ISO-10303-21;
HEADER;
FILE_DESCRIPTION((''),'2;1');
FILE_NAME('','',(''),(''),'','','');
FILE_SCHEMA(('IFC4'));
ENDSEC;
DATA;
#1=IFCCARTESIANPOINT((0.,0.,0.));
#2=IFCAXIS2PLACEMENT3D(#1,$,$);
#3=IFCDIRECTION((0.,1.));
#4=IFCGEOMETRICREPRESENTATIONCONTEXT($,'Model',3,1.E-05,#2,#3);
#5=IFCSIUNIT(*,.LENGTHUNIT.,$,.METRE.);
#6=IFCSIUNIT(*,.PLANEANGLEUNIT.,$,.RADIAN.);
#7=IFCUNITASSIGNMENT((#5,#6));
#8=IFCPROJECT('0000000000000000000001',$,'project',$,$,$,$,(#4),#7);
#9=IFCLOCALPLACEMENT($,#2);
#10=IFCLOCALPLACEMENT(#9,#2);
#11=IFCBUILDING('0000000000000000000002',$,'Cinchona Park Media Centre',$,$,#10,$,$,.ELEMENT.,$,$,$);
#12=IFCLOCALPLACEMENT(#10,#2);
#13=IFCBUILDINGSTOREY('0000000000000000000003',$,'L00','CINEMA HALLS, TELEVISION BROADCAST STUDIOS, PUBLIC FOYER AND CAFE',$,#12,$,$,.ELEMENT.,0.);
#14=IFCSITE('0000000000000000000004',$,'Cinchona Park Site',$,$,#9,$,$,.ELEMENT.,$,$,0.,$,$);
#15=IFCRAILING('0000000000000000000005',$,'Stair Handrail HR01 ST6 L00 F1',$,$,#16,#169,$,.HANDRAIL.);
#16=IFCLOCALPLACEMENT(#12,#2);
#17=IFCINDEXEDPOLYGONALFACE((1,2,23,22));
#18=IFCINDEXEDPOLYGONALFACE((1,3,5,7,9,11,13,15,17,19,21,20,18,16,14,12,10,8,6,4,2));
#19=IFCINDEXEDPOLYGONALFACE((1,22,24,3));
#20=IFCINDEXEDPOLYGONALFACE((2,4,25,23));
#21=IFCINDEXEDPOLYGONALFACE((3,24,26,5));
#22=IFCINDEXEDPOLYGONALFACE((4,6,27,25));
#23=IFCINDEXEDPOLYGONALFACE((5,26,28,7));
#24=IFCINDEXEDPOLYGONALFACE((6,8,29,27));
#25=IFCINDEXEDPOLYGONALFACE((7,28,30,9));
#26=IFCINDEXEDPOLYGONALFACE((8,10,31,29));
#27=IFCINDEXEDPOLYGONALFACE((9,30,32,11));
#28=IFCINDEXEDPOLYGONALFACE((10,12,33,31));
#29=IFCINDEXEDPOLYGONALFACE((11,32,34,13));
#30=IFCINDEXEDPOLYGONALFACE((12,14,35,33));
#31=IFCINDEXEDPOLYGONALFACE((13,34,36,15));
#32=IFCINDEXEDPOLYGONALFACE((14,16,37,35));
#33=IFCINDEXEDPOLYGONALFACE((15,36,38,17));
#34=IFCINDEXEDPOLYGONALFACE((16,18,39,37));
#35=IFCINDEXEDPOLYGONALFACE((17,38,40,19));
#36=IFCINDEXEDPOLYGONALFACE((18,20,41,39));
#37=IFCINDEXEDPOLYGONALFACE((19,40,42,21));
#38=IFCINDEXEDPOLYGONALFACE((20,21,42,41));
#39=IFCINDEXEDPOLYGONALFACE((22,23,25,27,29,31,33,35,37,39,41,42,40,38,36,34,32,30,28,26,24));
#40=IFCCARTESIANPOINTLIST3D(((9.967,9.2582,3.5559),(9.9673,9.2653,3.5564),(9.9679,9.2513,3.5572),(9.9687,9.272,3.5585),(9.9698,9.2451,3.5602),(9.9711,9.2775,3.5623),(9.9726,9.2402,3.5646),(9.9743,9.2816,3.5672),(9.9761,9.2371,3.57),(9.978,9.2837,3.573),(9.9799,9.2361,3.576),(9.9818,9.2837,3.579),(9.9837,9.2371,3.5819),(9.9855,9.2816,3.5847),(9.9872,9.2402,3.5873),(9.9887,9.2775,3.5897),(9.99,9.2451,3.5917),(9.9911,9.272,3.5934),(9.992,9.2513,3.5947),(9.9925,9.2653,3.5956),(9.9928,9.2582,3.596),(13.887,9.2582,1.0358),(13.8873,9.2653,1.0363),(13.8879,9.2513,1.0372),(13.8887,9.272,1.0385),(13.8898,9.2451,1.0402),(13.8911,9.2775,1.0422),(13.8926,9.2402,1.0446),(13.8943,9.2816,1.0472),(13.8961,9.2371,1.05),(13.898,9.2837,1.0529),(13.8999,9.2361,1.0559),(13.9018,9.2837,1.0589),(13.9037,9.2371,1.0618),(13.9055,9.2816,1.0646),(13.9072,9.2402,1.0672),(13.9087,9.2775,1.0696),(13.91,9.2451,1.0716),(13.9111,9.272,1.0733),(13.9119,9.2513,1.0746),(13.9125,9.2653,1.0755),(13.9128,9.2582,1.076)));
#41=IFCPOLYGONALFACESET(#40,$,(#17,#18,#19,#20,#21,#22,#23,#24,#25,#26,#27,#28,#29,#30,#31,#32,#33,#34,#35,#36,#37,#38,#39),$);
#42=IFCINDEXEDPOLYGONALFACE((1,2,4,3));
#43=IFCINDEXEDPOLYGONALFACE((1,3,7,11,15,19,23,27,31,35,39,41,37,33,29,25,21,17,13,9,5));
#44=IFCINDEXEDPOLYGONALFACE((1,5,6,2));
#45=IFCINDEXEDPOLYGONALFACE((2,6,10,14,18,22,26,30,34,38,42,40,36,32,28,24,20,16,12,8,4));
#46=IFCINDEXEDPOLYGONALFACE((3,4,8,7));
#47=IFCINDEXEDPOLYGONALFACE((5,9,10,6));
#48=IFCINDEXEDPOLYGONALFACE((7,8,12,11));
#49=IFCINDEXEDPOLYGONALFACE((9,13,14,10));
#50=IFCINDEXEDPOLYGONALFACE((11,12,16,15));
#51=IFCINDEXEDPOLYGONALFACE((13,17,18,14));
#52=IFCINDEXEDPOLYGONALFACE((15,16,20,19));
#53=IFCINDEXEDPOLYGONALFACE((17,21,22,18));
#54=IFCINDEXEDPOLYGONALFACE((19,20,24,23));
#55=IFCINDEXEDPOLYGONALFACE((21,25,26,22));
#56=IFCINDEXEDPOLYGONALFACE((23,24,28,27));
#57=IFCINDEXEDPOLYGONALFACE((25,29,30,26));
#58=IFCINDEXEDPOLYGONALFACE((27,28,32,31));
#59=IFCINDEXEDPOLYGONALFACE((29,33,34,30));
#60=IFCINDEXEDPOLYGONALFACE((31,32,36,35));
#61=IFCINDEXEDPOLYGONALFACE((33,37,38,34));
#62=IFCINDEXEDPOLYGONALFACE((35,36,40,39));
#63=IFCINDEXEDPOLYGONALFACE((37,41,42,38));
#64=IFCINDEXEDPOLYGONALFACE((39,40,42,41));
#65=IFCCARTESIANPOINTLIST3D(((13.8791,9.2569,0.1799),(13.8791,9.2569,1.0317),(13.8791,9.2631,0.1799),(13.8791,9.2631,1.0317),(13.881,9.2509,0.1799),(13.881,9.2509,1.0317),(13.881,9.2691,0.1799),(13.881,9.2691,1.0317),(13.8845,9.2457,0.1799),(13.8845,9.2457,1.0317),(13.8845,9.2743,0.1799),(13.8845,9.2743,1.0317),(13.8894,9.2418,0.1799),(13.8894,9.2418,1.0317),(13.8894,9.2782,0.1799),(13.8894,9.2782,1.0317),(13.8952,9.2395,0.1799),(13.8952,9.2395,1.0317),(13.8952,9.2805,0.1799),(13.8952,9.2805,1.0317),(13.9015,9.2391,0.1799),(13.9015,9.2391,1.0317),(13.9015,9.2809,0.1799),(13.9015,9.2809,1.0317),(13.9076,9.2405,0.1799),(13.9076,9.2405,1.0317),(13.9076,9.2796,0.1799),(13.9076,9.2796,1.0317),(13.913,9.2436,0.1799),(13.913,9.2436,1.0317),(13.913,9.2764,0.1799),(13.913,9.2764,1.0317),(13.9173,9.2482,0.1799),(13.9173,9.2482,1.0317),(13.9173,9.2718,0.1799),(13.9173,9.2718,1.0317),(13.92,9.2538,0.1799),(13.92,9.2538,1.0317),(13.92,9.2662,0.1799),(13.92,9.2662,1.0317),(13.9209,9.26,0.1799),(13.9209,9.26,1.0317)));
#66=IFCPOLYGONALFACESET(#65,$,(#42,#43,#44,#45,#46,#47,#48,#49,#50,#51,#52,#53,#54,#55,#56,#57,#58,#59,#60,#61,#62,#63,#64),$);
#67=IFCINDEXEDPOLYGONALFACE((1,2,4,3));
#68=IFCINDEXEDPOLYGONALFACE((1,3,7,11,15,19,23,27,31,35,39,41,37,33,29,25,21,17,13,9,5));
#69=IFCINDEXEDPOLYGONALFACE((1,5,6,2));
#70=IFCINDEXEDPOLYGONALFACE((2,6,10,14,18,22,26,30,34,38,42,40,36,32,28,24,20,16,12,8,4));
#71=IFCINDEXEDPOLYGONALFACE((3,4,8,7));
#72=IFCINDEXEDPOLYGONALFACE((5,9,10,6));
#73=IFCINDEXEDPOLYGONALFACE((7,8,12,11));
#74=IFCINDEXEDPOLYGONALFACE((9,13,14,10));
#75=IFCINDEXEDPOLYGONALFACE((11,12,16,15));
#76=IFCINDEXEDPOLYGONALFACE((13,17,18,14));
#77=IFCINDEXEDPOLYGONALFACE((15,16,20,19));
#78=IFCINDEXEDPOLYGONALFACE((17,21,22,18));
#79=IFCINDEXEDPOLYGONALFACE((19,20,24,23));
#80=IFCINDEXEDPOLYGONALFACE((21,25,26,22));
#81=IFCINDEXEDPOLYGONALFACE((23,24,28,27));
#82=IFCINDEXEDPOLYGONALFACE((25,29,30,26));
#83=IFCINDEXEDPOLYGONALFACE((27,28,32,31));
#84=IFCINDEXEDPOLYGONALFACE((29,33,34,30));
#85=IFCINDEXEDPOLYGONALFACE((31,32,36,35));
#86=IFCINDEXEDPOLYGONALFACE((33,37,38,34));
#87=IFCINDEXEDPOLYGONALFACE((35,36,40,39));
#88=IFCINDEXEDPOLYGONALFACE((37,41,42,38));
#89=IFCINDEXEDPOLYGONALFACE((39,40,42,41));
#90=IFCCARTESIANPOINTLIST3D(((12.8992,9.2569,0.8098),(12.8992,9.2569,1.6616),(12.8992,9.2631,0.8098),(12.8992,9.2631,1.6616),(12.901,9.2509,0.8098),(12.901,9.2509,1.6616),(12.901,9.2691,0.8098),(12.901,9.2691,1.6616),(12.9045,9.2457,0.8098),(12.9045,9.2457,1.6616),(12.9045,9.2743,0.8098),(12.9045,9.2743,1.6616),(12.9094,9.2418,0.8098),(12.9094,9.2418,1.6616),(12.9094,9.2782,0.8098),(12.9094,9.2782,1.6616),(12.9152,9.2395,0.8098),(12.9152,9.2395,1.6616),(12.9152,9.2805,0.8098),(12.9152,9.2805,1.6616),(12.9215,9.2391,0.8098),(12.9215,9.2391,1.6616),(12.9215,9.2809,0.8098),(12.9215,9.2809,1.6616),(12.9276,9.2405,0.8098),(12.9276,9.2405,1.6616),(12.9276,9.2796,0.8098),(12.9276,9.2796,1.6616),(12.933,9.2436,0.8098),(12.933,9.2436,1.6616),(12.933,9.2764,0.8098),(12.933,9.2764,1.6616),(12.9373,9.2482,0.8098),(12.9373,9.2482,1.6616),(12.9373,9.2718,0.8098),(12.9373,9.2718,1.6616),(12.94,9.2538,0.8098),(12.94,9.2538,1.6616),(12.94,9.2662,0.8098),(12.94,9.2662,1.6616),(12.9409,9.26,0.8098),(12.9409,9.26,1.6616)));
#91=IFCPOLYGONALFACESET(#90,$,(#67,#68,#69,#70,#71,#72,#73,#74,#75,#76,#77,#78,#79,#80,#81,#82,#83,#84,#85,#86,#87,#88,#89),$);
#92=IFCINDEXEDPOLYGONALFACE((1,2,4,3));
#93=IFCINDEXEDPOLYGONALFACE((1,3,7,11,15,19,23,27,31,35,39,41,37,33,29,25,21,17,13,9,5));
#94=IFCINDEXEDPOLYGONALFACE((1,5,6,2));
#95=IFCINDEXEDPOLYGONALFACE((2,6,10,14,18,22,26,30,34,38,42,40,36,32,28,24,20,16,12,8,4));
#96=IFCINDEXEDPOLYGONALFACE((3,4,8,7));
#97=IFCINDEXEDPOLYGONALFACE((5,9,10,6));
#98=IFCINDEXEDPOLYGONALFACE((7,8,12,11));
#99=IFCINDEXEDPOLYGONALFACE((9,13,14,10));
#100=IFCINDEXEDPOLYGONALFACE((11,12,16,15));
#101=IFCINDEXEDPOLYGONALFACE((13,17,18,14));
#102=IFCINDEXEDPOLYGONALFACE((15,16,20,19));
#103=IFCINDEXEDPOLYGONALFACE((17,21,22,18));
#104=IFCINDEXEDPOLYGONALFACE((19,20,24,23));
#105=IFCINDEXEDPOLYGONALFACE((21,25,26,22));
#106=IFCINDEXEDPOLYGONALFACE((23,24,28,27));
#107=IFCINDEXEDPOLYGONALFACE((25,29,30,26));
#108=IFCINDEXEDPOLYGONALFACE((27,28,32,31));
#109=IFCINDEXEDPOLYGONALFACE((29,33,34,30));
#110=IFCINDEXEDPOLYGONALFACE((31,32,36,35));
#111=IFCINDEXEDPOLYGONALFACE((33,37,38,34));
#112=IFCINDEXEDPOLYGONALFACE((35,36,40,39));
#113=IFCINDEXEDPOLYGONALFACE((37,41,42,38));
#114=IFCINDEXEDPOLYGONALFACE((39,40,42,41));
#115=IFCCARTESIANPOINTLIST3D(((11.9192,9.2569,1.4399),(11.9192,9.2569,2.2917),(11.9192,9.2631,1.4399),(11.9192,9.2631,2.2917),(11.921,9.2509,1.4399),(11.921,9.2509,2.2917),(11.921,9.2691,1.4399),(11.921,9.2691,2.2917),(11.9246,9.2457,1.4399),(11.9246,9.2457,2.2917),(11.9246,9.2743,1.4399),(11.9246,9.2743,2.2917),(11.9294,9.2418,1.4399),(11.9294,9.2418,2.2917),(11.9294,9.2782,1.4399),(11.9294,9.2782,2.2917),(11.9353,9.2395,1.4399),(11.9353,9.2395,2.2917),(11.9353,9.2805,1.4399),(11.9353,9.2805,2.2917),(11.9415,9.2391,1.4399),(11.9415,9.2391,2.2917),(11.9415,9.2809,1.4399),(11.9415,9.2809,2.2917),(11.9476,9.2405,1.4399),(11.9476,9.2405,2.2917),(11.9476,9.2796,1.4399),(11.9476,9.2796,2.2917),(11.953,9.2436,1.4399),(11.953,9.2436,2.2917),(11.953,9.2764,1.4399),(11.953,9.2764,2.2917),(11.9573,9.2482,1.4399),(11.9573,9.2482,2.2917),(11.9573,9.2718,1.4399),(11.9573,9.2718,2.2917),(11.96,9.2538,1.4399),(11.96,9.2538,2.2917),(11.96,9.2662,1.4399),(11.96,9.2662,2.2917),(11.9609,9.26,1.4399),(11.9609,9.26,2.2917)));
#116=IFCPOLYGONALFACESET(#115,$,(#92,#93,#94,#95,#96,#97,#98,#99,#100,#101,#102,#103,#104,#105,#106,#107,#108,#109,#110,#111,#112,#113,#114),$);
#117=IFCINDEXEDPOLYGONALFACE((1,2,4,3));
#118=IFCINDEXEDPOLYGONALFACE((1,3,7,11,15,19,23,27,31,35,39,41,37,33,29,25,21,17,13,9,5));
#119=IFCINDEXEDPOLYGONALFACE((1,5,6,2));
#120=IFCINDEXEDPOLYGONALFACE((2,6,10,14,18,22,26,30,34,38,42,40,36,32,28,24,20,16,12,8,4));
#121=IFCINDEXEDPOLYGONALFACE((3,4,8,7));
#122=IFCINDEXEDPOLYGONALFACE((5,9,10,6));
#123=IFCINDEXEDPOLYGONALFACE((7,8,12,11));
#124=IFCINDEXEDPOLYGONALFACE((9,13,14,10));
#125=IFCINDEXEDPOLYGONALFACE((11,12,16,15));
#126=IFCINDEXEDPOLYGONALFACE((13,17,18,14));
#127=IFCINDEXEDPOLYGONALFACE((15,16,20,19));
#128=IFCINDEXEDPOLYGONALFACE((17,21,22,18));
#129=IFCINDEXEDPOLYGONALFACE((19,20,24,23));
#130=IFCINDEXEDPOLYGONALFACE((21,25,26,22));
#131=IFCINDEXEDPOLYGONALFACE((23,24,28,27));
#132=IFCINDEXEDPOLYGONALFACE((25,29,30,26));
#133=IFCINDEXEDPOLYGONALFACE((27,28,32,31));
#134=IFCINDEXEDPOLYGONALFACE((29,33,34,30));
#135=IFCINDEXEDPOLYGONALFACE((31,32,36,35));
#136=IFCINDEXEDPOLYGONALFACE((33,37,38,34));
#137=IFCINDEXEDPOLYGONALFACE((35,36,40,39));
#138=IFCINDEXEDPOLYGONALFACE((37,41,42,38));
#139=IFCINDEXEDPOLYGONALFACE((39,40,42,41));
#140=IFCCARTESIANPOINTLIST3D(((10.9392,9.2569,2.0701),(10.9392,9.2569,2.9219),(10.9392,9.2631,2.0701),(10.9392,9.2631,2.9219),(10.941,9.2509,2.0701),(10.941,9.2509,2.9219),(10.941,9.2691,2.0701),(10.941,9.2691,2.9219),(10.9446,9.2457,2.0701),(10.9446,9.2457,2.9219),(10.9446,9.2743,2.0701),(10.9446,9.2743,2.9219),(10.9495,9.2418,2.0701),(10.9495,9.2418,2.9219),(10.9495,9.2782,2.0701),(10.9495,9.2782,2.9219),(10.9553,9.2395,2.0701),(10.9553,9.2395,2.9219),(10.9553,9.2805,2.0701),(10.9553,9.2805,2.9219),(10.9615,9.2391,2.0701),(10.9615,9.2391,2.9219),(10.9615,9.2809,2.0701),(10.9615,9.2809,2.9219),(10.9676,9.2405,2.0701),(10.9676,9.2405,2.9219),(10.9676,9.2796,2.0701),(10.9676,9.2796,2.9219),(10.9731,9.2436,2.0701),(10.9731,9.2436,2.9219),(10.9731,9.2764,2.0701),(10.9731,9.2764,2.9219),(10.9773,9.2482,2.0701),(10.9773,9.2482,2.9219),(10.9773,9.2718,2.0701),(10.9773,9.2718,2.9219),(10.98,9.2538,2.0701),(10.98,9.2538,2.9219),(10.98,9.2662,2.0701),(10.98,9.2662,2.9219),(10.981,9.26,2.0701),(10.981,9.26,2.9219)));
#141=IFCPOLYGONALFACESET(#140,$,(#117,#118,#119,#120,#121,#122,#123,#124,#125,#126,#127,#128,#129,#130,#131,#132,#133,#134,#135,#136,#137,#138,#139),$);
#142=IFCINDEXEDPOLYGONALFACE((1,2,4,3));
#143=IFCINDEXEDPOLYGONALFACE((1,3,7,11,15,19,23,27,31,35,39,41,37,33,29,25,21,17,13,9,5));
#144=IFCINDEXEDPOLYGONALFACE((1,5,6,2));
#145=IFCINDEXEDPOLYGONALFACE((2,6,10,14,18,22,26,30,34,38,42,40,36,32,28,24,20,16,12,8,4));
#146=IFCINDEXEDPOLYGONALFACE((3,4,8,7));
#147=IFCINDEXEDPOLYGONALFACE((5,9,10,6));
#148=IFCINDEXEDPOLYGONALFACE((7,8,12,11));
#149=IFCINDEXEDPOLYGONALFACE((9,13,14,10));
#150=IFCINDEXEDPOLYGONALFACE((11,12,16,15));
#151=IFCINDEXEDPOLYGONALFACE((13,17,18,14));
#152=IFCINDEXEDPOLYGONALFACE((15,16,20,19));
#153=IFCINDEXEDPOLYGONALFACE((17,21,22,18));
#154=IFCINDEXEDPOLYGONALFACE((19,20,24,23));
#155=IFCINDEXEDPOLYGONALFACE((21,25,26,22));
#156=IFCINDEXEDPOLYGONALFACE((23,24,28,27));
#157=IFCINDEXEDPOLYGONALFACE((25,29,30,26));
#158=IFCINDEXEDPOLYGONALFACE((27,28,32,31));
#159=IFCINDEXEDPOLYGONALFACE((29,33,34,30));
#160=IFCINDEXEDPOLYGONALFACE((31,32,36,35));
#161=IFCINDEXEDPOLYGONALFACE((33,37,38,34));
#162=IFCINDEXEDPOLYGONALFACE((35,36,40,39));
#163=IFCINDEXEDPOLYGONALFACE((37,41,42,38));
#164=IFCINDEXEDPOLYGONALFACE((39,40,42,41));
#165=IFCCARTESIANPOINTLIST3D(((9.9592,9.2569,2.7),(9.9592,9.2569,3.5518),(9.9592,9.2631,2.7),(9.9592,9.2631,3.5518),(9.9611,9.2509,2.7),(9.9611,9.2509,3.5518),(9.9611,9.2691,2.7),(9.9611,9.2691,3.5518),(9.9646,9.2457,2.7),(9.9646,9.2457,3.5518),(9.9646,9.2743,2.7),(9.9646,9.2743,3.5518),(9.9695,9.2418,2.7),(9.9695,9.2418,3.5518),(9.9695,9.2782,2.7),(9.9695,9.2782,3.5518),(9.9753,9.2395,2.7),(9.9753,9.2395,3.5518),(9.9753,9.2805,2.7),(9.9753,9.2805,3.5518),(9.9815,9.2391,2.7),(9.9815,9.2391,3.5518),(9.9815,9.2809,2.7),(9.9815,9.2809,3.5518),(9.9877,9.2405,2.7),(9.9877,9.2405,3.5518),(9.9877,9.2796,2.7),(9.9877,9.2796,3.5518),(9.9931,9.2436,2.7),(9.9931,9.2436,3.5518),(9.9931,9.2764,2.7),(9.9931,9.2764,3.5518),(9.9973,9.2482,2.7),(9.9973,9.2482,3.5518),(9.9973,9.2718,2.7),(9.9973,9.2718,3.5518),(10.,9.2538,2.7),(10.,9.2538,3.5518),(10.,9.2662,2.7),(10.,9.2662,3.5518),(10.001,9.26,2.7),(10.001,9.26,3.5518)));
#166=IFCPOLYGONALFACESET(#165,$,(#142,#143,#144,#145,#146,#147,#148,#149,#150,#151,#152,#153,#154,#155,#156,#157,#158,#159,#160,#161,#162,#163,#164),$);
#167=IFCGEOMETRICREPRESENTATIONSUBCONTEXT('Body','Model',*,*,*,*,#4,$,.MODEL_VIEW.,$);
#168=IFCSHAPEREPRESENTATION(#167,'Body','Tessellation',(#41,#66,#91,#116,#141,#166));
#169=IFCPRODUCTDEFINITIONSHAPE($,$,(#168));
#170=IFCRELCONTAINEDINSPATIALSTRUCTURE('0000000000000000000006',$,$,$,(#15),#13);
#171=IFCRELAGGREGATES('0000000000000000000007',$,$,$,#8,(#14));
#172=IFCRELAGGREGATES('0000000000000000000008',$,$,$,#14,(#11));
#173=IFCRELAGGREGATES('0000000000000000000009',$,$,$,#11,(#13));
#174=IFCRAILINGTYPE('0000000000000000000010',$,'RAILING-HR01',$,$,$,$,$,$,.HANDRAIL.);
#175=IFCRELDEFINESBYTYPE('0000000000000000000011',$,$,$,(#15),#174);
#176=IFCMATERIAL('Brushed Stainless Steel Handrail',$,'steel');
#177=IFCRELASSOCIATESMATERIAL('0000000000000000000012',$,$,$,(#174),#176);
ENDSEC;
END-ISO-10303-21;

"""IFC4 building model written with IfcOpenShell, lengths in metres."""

from ifc_helpers import new_model, si_unit, direction, frame, origin, origin_2d, place, context, subcontext, project, spatial, circle, extrude, material, type_object, element, save


model = new_model("IFC4")

# Units and contexts
model_context = context("Model", 3, precision=1e-05, world=origin(), true_north=direction((0.0, 1.0)))
body_context = subcontext(model_context, "Body", "Model", "MODEL_VIEW")
ifc_project = project(units=[si_unit("LENGTHUNIT", "METRE"), si_unit("PLANEANGLEUNIT", "RADIAN")], contexts=[model_context])

# Site, building, storey
site_placement = place(None, origin())
site = spatial("IfcSite", under=ifc_project, at=site_placement, Name="Cinchona Park Site", CompositionType="ELEMENT", RefElevation=0.0)
building_placement = place(site_placement, origin())
building = spatial("IfcBuilding", under=site, at=building_placement, Name="Cinchona Park Media Centre", CompositionType="ELEMENT")
storey_placement = place(building_placement, origin())
storey = spatial("IfcBuildingStorey", under=building, at=storey_placement, Name="L00", Description="CINEMA HALLS, TELEVISION BROADCAST STUDIOS, PUBLIC FOYER AND CAFE", CompositionType="ELEMENT", Elevation=0.0)

# Railing
ifc_material_1 = material(Name="Brushed Stainless Steel Handrail", Category="steel")
railing_type_1 = type_object("IfcRailingType", Name="RAILING-HR01", PredefinedType="HANDRAIL", material=ifc_material_1)
railing_1_placement = place(storey_placement, frame((13.8999, 9.26, 0.1799)))
element("IfcRailing", 1, at=railing_1_placement, inside=storey, type_object=railing_type_1, Name="Stair Handrail HR01 ST6 L00 F1", PredefinedType="HANDRAIL", context=body_context, shape_type="SweptSolid", body=[
    extrude(circle(Radius=0.0239, at=origin_2d()), frame((0.0, 0.0, 0.876), z_axis=(-0.841172, 0.0, 0.540768), x_axis=(0.0, -1.0, 0.0)), (0.0, 0.0, 1.0), 4.6602),
    extrude(circle(Radius=0.021, at=origin_2d()), origin(), (0.0, 0.0, 1.0), 0.8518),
    extrude(circle(Radius=0.021, at=origin_2d()), frame((-0.98, 0.0, 0.6299)), (0.0, 0.0, 1.0), 0.8518),
    extrude(circle(Radius=0.021, at=origin_2d()), frame((-1.96, 0.0, 1.26)), (0.0, 0.0, 1.0), 0.8518),
    extrude(circle(Radius=0.021, at=origin_2d()), frame((-2.9399, 0.0, 1.8901)), (0.0, 0.0, 1.0), 0.8518),
    extrude(circle(Radius=0.021, at=origin_2d()), frame((-3.9199, 0.0, 2.52)), (0.0, 0.0, 1.0), 0.8518),
])

save(model, "model.ifc")
